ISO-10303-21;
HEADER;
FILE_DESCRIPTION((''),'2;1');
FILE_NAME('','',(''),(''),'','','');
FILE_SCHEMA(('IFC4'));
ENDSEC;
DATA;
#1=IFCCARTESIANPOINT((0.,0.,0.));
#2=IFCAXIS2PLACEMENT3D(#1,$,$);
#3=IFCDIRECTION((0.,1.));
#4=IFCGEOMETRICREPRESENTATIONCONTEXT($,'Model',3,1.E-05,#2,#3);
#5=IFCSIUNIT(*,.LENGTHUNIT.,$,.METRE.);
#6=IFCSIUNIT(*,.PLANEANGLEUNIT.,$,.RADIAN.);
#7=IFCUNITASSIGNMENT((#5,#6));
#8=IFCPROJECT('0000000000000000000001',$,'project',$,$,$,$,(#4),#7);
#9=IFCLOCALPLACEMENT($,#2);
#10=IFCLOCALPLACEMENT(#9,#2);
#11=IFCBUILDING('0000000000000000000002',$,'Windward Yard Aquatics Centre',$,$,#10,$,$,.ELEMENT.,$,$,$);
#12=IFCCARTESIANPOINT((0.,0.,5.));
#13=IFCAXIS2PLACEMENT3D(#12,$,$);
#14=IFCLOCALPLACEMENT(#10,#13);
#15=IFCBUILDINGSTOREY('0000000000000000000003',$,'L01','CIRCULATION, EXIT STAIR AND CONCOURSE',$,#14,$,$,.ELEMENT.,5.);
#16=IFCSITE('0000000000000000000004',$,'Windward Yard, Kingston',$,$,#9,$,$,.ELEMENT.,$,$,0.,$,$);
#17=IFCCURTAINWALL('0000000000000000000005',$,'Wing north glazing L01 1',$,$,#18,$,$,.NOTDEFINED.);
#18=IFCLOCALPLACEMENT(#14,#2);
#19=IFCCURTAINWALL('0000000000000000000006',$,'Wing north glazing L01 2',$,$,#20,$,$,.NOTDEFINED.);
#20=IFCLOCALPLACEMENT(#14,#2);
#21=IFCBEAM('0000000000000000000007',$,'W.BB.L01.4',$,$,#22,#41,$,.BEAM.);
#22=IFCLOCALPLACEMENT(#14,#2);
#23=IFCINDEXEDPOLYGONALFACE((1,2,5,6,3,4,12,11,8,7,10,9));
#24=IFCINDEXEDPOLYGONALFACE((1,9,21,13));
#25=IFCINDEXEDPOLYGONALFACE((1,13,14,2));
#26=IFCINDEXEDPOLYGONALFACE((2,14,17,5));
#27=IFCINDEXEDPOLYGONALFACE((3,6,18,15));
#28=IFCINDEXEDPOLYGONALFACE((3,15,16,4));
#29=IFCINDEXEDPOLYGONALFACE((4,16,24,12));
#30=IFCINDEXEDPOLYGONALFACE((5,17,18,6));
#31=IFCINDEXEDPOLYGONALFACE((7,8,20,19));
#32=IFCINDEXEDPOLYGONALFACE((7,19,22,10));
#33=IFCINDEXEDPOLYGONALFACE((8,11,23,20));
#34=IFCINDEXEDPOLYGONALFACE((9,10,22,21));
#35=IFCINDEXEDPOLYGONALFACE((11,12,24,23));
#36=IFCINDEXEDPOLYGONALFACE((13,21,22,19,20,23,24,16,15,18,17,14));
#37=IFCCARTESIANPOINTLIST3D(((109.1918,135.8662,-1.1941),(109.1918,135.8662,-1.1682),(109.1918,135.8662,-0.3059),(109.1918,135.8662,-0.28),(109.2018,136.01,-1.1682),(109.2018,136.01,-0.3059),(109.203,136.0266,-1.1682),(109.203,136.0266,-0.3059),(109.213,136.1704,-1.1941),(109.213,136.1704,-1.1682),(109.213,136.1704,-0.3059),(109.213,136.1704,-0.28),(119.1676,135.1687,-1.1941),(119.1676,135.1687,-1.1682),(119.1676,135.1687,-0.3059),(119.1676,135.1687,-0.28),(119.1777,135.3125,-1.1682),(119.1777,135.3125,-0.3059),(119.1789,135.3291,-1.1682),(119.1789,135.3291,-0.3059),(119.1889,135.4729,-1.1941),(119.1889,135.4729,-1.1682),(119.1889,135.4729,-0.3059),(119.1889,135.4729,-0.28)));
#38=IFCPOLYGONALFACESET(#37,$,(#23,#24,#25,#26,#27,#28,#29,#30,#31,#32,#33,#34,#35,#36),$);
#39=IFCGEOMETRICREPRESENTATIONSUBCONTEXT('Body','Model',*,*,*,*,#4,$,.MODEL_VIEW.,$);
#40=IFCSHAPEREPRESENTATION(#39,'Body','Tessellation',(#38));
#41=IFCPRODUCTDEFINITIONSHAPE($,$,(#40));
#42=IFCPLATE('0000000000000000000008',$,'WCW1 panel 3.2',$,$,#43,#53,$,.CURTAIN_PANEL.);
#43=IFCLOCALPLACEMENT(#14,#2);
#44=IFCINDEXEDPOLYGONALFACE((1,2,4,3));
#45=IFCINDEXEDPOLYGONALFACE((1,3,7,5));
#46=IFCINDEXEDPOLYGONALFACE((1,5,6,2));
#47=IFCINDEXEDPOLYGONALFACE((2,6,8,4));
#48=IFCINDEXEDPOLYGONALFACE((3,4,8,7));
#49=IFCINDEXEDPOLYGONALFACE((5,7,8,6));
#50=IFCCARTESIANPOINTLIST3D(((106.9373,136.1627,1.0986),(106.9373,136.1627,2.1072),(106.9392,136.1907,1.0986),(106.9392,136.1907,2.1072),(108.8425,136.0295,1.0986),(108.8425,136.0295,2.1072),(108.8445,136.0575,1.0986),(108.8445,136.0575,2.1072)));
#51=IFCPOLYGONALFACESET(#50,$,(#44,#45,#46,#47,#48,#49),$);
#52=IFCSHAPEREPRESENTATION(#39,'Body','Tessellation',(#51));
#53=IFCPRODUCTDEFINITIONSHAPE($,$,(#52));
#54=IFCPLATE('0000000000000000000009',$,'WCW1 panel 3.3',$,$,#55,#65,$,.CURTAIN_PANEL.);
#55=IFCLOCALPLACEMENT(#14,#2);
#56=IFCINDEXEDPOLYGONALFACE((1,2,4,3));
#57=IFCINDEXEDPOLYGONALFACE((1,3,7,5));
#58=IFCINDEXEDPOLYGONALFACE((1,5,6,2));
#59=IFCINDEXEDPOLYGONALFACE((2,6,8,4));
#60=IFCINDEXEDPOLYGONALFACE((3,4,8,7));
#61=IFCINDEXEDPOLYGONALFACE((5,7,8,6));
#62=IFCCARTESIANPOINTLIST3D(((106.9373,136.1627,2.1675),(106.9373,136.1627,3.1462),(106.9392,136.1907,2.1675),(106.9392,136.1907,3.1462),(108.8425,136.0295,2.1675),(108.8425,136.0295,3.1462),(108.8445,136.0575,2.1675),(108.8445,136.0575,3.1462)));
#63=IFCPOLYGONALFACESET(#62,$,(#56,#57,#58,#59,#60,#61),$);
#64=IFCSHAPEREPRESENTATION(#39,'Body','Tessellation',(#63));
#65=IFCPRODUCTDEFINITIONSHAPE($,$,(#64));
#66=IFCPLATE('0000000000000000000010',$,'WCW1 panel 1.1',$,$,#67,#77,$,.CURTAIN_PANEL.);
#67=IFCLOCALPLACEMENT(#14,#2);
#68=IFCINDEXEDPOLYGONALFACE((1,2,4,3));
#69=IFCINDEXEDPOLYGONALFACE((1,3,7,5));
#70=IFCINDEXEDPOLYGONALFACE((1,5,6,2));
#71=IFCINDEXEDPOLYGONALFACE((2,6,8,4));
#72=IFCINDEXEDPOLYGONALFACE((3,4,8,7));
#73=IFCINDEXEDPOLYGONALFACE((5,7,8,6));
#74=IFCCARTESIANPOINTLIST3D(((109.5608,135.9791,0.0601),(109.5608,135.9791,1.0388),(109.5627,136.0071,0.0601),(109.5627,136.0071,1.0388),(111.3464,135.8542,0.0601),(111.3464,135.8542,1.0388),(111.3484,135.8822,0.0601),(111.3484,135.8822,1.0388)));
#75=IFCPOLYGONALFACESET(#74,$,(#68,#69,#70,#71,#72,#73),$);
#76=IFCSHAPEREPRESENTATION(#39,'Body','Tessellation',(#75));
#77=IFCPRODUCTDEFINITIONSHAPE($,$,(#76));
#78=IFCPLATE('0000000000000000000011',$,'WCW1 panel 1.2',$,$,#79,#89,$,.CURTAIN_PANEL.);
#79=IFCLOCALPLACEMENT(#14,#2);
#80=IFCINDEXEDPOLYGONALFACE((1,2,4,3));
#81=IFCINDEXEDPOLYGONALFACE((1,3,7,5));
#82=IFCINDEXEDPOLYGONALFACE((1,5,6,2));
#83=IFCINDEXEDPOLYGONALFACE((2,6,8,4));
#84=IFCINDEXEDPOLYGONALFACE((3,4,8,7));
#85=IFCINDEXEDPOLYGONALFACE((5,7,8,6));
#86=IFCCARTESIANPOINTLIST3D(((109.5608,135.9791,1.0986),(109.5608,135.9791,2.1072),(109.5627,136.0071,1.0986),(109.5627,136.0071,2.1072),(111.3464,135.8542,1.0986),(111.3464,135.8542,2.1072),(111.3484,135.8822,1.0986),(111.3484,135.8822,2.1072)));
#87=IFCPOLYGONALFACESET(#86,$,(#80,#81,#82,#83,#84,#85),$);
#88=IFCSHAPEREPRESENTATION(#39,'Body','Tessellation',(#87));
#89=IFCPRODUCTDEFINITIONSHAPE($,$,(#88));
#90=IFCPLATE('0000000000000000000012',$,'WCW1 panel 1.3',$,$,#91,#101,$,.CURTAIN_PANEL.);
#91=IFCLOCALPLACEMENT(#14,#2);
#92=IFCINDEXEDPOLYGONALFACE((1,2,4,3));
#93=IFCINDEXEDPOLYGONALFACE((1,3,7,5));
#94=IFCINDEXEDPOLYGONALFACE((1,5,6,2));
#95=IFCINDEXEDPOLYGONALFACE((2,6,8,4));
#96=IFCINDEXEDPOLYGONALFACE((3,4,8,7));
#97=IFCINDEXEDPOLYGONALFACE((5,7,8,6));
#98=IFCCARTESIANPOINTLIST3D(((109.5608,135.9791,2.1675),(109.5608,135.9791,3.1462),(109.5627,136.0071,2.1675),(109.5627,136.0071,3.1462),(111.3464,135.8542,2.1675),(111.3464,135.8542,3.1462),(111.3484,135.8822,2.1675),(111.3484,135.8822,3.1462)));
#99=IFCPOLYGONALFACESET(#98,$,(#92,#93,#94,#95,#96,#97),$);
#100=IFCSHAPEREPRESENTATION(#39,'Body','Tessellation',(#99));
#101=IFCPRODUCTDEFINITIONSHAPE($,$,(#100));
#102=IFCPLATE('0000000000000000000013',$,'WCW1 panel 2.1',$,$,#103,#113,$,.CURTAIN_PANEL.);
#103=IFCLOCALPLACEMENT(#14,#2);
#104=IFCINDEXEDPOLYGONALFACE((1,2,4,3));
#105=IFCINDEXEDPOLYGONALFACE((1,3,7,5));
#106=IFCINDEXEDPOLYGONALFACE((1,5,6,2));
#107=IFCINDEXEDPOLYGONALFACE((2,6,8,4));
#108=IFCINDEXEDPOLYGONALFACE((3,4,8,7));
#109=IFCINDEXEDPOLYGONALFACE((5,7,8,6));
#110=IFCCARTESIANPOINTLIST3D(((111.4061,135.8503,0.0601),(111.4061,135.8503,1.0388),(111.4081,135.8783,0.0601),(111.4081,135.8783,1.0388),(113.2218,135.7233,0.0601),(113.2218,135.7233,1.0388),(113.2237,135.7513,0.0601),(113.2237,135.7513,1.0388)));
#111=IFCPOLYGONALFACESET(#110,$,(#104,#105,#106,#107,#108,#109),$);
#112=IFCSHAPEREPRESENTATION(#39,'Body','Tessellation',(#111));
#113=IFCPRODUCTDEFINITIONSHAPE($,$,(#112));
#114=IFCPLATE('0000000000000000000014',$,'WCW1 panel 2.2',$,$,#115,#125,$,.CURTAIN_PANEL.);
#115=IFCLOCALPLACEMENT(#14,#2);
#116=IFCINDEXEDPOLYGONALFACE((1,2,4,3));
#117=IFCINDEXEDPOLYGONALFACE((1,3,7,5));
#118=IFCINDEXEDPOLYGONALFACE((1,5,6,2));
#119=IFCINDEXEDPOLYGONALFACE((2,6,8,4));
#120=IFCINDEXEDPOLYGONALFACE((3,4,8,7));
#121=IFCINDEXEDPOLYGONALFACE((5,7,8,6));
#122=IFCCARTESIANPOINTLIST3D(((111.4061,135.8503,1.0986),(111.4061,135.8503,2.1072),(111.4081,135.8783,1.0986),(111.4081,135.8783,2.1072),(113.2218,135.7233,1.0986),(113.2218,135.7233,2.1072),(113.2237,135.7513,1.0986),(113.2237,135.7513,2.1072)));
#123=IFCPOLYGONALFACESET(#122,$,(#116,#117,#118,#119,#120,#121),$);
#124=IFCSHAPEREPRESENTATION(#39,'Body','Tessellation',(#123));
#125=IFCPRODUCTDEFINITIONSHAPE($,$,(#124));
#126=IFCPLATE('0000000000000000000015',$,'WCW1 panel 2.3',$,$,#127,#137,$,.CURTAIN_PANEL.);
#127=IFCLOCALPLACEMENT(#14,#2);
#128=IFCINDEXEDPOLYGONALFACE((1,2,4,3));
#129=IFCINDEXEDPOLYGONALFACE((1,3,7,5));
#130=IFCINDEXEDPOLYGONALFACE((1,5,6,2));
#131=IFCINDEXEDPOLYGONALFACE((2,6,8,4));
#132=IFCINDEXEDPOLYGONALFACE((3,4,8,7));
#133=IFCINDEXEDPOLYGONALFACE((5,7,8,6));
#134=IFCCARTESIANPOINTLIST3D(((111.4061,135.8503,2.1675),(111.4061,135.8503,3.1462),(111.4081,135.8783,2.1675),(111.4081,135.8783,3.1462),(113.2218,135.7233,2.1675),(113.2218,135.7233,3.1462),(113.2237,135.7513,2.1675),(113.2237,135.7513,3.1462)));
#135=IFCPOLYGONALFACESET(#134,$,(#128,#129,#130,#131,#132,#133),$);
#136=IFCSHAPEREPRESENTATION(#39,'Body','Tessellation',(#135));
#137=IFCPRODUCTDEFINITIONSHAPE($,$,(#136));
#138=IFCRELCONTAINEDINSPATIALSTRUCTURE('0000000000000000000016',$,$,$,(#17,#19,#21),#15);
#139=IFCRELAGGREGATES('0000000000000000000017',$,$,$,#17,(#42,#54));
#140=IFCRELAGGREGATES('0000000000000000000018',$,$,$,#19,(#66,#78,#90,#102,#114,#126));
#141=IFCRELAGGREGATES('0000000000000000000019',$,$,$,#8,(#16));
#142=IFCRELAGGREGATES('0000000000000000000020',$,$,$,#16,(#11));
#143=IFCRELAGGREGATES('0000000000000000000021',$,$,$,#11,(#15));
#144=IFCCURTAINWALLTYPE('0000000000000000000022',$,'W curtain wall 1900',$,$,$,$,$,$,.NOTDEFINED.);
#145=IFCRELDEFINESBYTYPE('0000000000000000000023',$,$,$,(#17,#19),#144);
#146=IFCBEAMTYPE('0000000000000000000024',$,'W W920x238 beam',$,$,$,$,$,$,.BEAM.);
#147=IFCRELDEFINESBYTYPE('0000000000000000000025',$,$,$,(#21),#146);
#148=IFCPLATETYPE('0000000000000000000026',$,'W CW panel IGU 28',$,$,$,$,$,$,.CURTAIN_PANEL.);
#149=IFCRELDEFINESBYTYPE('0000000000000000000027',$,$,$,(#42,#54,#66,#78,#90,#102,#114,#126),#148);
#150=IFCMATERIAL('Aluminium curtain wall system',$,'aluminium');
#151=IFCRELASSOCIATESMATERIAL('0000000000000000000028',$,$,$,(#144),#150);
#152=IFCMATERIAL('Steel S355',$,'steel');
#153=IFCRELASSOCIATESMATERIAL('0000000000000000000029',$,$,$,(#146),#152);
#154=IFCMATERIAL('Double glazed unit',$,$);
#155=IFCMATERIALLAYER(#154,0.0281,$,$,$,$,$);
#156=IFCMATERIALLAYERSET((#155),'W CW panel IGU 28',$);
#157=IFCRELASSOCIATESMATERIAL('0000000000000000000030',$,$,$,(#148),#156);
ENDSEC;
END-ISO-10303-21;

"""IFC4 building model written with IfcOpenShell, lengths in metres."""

from ifc_helpers import new_model, si_unit, direction, frame, origin, origin_2d, place, context, subcontext, project, spatial, rectangle, i_section, extrude, material, layer, layer_set, material_profile, profile_set, type_object, element, aggregate, save


model = new_model("IFC4")

# Units and contexts
model_context = context("Model", 3, precision=1e-05, world=origin(), true_north=direction((0.0, 1.0)))
body_context = subcontext(model_context, "Body", "Model", "MODEL_VIEW")
ifc_project = project(units=[si_unit("LENGTHUNIT", "METRE"), si_unit("PLANEANGLEUNIT", "RADIAN")], contexts=[model_context])

# Site, building, storey
site_placement = place(None, origin())
site = spatial("IfcSite", under=ifc_project, at=site_placement, Name="Windward Yard, Kingston", CompositionType="ELEMENT", RefElevation=0.0)
building_placement = place(site_placement, origin())
building = spatial("IfcBuilding", under=site, at=building_placement, Name="Windward Yard Aquatics Centre", CompositionType="ELEMENT")
storey_placement = place(building_placement, frame((0.0, 0.0, 5.0)))
storey = spatial("IfcBuildingStorey", under=building, at=storey_placement, Name="L01", Description="CIRCULATION, EXIT STAIR AND CONCOURSE", CompositionType="ELEMENT", Elevation=5.0)

# Curtain wall
ifc_material_1 = material(Name="Aluminium curtain wall system", Category="aluminium")
curtain_wall_type = type_object("IfcCurtainWallType", Name="W curtain wall 1900", PredefinedType="NOTDEFINED", material=ifc_material_1)
curtain_wall_1_placement = place(storey_placement, origin())
curtain_wall_1 = element("IfcCurtainWall", 1, at=curtain_wall_1_placement, inside=storey, type_object=curtain_wall_type, Name="Wing north glazing L01 1", PredefinedType="NOTDEFINED")

# Curtain wall
curtain_wall_2_placement = place(storey_placement, origin())
curtain_wall_2 = element("IfcCurtainWall", 2, at=curtain_wall_2_placement, inside=storey, type_object=curtain_wall_type, Name="Wing north glazing L01 2", PredefinedType="NOTDEFINED")

# Beam
ifc_material_2 = material(Name="Steel S355", Category="steel")
ifc_material_profile_1 = material_profile(ifc_material_2, i_section(OverallWidth=0.3049, OverallDepth=0.9141, WebThickness=0.0166, FlangeThickness=0.0259, at=origin_2d()), Name="W920x238")
ifc_profile_set_1 = profile_set([ifc_material_profile_1], Name="Steel S355")
beam_type = type_object("IfcBeamType", Name="W W920x238 beam", PredefinedType="BEAM", material=ifc_profile_set_1)
beam_placement = place(storey_placement, frame((109.2024, 136.0183, -0.7371), z_axis=(0.997565, -0.06975, 0.0), x_axis=(0.06975, 0.997565, 0.0)))
element("IfcBeam", 3, at=beam_placement, inside=storey, type_object=beam_type, Name="W.BB.L01.4", PredefinedType="BEAM", context=body_context, shape_type="SweptSolid", body=[
    extrude(i_section(OverallWidth=0.3049, OverallDepth=0.9141, WebThickness=0.0166, FlangeThickness=0.0259, at=origin_2d()), origin(), (0.0, 0.0, 1.0), 10.0002),
])

# Plates
ifc_material_3 = material(Name="Double glazed unit")
ifc_layer = layer(ifc_material_3, 0.0281)
ifc_layer_set = layer_set([ifc_layer], Name="W CW panel IGU 28")
plate_type = type_object("IfcPlateType", Name="W CW panel IGU 28", PredefinedType="CURTAIN_PANEL", material=ifc_layer_set)
plate_1_placement = place(storey_placement, frame((107.8909, 136.1101, 1.0986), z_axis=(0.0, 0.0, 1.0), x_axis=(0.997565, -0.06975, 0.0)))
plate_1 = element("IfcPlate", 4, at=plate_1_placement, type_object=plate_type, Name="WCW1 panel 3.2", PredefinedType="CURTAIN_PANEL", context=body_context, shape_type="SweptSolid", body=[
    extrude(rectangle(XDim=1.9099, YDim=0.0281, at=origin_2d()), origin(), (0.0, 0.0, 1.0), 1.0085),
])
plate_2_placement = place(storey_placement, frame((107.8909, 136.1101, 2.1675), z_axis=(0.0, 0.0, 1.0), x_axis=(0.997565, -0.06975, 0.0)))
plate_2 = element("IfcPlate", 5, at=plate_2_placement, type_object=plate_type, Name="WCW1 panel 3.3", PredefinedType="CURTAIN_PANEL", context=body_context, shape_type="SweptSolid", body=[
    extrude(rectangle(XDim=1.9099, YDim=0.0281, at=origin_2d()), origin(), (0.0, 0.0, 1.0), 0.9788),
])
aggregate(curtain_wall_1, [plate_1, plate_2])
plate_3_placement = place(storey_placement, frame((110.4546, 135.9307, 0.0601), z_axis=(0.0, 0.0, 1.0), x_axis=(0.997564, -0.069755, 0.0)))
plate_3 = element("IfcPlate", 6, at=plate_3_placement, type_object=plate_type, Name="WCW1 panel 1.1", PredefinedType="CURTAIN_PANEL", context=body_context, shape_type="SweptSolid", body=[
    extrude(rectangle(XDim=1.79, YDim=0.0281, at=origin_2d()), origin(), (0.0, 0.0, 1.0), 0.9788),
])
plate_4_placement = place(storey_placement, frame((110.4546, 135.9307, 1.0986), z_axis=(0.0, 0.0, 1.0), x_axis=(0.997564, -0.069755, 0.0)))
plate_4 = element("IfcPlate", 7, at=plate_4_placement, type_object=plate_type, Name="WCW1 panel 1.2", PredefinedType="CURTAIN_PANEL", context=body_context, shape_type="SweptSolid", body=[
    extrude(rectangle(XDim=1.79, YDim=0.0281, at=origin_2d()), origin(), (0.0, 0.0, 1.0), 1.0085),
])
plate_5_placement = place(storey_placement, frame((110.4546, 135.9307, 2.1675), z_axis=(0.0, 0.0, 1.0), x_axis=(0.997564, -0.069755, 0.0)))
plate_5 = element("IfcPlate", 8, at=plate_5_placement, type_object=plate_type, Name="WCW1 panel 1.3", PredefinedType="CURTAIN_PANEL", context=body_context, shape_type="SweptSolid", body=[
    extrude(rectangle(XDim=1.79, YDim=0.0281, at=origin_2d()), origin(), (0.0, 0.0, 1.0), 0.9788),
])
plate_6_placement = place(storey_placement, frame((112.3149, 135.8008, 0.0601), z_axis=(0.0, 0.0, 1.0), x_axis=(0.997564, -0.069755, 0.0)))
plate_6 = element("IfcPlate", 9, at=plate_6_placement, type_object=plate_type, Name="WCW1 panel 2.1", PredefinedType="CURTAIN_PANEL", context=body_context, shape_type="SweptSolid", body=[
    extrude(rectangle(XDim=1.8201, YDim=0.0281, at=origin_2d()), origin(), (0.0, 0.0, 1.0), 0.9788),
])
plate_7_placement = place(storey_placement, frame((112.3149, 135.8008, 1.0986), z_axis=(0.0, 0.0, 1.0), x_axis=(0.997564, -0.069755, 0.0)))
plate_7 = element("IfcPlate", 10, at=plate_7_placement, type_object=plate_type, Name="WCW1 panel 2.2", PredefinedType="CURTAIN_PANEL", context=body_context, shape_type="SweptSolid", body=[
    extrude(rectangle(XDim=1.8201, YDim=0.0281, at=origin_2d()), origin(), (0.0, 0.0, 1.0), 1.0085),
])
plate_8_placement = place(storey_placement, frame((112.3149, 135.8008, 2.1675), z_axis=(0.0, 0.0, 1.0), x_axis=(0.997564, -0.069755, 0.0)))
plate_8 = element("IfcPlate", 11, at=plate_8_placement, type_object=plate_type, Name="WCW1 panel 2.3", PredefinedType="CURTAIN_PANEL", context=body_context, shape_type="SweptSolid", body=[
    extrude(rectangle(XDim=1.8201, YDim=0.0281, at=origin_2d()), origin(), (0.0, 0.0, 1.0), 0.9788),
])
aggregate(curtain_wall_2, [plate_3, plate_4, plate_5, plate_6, plate_7, plate_8])

save(model, "model.ifc")
